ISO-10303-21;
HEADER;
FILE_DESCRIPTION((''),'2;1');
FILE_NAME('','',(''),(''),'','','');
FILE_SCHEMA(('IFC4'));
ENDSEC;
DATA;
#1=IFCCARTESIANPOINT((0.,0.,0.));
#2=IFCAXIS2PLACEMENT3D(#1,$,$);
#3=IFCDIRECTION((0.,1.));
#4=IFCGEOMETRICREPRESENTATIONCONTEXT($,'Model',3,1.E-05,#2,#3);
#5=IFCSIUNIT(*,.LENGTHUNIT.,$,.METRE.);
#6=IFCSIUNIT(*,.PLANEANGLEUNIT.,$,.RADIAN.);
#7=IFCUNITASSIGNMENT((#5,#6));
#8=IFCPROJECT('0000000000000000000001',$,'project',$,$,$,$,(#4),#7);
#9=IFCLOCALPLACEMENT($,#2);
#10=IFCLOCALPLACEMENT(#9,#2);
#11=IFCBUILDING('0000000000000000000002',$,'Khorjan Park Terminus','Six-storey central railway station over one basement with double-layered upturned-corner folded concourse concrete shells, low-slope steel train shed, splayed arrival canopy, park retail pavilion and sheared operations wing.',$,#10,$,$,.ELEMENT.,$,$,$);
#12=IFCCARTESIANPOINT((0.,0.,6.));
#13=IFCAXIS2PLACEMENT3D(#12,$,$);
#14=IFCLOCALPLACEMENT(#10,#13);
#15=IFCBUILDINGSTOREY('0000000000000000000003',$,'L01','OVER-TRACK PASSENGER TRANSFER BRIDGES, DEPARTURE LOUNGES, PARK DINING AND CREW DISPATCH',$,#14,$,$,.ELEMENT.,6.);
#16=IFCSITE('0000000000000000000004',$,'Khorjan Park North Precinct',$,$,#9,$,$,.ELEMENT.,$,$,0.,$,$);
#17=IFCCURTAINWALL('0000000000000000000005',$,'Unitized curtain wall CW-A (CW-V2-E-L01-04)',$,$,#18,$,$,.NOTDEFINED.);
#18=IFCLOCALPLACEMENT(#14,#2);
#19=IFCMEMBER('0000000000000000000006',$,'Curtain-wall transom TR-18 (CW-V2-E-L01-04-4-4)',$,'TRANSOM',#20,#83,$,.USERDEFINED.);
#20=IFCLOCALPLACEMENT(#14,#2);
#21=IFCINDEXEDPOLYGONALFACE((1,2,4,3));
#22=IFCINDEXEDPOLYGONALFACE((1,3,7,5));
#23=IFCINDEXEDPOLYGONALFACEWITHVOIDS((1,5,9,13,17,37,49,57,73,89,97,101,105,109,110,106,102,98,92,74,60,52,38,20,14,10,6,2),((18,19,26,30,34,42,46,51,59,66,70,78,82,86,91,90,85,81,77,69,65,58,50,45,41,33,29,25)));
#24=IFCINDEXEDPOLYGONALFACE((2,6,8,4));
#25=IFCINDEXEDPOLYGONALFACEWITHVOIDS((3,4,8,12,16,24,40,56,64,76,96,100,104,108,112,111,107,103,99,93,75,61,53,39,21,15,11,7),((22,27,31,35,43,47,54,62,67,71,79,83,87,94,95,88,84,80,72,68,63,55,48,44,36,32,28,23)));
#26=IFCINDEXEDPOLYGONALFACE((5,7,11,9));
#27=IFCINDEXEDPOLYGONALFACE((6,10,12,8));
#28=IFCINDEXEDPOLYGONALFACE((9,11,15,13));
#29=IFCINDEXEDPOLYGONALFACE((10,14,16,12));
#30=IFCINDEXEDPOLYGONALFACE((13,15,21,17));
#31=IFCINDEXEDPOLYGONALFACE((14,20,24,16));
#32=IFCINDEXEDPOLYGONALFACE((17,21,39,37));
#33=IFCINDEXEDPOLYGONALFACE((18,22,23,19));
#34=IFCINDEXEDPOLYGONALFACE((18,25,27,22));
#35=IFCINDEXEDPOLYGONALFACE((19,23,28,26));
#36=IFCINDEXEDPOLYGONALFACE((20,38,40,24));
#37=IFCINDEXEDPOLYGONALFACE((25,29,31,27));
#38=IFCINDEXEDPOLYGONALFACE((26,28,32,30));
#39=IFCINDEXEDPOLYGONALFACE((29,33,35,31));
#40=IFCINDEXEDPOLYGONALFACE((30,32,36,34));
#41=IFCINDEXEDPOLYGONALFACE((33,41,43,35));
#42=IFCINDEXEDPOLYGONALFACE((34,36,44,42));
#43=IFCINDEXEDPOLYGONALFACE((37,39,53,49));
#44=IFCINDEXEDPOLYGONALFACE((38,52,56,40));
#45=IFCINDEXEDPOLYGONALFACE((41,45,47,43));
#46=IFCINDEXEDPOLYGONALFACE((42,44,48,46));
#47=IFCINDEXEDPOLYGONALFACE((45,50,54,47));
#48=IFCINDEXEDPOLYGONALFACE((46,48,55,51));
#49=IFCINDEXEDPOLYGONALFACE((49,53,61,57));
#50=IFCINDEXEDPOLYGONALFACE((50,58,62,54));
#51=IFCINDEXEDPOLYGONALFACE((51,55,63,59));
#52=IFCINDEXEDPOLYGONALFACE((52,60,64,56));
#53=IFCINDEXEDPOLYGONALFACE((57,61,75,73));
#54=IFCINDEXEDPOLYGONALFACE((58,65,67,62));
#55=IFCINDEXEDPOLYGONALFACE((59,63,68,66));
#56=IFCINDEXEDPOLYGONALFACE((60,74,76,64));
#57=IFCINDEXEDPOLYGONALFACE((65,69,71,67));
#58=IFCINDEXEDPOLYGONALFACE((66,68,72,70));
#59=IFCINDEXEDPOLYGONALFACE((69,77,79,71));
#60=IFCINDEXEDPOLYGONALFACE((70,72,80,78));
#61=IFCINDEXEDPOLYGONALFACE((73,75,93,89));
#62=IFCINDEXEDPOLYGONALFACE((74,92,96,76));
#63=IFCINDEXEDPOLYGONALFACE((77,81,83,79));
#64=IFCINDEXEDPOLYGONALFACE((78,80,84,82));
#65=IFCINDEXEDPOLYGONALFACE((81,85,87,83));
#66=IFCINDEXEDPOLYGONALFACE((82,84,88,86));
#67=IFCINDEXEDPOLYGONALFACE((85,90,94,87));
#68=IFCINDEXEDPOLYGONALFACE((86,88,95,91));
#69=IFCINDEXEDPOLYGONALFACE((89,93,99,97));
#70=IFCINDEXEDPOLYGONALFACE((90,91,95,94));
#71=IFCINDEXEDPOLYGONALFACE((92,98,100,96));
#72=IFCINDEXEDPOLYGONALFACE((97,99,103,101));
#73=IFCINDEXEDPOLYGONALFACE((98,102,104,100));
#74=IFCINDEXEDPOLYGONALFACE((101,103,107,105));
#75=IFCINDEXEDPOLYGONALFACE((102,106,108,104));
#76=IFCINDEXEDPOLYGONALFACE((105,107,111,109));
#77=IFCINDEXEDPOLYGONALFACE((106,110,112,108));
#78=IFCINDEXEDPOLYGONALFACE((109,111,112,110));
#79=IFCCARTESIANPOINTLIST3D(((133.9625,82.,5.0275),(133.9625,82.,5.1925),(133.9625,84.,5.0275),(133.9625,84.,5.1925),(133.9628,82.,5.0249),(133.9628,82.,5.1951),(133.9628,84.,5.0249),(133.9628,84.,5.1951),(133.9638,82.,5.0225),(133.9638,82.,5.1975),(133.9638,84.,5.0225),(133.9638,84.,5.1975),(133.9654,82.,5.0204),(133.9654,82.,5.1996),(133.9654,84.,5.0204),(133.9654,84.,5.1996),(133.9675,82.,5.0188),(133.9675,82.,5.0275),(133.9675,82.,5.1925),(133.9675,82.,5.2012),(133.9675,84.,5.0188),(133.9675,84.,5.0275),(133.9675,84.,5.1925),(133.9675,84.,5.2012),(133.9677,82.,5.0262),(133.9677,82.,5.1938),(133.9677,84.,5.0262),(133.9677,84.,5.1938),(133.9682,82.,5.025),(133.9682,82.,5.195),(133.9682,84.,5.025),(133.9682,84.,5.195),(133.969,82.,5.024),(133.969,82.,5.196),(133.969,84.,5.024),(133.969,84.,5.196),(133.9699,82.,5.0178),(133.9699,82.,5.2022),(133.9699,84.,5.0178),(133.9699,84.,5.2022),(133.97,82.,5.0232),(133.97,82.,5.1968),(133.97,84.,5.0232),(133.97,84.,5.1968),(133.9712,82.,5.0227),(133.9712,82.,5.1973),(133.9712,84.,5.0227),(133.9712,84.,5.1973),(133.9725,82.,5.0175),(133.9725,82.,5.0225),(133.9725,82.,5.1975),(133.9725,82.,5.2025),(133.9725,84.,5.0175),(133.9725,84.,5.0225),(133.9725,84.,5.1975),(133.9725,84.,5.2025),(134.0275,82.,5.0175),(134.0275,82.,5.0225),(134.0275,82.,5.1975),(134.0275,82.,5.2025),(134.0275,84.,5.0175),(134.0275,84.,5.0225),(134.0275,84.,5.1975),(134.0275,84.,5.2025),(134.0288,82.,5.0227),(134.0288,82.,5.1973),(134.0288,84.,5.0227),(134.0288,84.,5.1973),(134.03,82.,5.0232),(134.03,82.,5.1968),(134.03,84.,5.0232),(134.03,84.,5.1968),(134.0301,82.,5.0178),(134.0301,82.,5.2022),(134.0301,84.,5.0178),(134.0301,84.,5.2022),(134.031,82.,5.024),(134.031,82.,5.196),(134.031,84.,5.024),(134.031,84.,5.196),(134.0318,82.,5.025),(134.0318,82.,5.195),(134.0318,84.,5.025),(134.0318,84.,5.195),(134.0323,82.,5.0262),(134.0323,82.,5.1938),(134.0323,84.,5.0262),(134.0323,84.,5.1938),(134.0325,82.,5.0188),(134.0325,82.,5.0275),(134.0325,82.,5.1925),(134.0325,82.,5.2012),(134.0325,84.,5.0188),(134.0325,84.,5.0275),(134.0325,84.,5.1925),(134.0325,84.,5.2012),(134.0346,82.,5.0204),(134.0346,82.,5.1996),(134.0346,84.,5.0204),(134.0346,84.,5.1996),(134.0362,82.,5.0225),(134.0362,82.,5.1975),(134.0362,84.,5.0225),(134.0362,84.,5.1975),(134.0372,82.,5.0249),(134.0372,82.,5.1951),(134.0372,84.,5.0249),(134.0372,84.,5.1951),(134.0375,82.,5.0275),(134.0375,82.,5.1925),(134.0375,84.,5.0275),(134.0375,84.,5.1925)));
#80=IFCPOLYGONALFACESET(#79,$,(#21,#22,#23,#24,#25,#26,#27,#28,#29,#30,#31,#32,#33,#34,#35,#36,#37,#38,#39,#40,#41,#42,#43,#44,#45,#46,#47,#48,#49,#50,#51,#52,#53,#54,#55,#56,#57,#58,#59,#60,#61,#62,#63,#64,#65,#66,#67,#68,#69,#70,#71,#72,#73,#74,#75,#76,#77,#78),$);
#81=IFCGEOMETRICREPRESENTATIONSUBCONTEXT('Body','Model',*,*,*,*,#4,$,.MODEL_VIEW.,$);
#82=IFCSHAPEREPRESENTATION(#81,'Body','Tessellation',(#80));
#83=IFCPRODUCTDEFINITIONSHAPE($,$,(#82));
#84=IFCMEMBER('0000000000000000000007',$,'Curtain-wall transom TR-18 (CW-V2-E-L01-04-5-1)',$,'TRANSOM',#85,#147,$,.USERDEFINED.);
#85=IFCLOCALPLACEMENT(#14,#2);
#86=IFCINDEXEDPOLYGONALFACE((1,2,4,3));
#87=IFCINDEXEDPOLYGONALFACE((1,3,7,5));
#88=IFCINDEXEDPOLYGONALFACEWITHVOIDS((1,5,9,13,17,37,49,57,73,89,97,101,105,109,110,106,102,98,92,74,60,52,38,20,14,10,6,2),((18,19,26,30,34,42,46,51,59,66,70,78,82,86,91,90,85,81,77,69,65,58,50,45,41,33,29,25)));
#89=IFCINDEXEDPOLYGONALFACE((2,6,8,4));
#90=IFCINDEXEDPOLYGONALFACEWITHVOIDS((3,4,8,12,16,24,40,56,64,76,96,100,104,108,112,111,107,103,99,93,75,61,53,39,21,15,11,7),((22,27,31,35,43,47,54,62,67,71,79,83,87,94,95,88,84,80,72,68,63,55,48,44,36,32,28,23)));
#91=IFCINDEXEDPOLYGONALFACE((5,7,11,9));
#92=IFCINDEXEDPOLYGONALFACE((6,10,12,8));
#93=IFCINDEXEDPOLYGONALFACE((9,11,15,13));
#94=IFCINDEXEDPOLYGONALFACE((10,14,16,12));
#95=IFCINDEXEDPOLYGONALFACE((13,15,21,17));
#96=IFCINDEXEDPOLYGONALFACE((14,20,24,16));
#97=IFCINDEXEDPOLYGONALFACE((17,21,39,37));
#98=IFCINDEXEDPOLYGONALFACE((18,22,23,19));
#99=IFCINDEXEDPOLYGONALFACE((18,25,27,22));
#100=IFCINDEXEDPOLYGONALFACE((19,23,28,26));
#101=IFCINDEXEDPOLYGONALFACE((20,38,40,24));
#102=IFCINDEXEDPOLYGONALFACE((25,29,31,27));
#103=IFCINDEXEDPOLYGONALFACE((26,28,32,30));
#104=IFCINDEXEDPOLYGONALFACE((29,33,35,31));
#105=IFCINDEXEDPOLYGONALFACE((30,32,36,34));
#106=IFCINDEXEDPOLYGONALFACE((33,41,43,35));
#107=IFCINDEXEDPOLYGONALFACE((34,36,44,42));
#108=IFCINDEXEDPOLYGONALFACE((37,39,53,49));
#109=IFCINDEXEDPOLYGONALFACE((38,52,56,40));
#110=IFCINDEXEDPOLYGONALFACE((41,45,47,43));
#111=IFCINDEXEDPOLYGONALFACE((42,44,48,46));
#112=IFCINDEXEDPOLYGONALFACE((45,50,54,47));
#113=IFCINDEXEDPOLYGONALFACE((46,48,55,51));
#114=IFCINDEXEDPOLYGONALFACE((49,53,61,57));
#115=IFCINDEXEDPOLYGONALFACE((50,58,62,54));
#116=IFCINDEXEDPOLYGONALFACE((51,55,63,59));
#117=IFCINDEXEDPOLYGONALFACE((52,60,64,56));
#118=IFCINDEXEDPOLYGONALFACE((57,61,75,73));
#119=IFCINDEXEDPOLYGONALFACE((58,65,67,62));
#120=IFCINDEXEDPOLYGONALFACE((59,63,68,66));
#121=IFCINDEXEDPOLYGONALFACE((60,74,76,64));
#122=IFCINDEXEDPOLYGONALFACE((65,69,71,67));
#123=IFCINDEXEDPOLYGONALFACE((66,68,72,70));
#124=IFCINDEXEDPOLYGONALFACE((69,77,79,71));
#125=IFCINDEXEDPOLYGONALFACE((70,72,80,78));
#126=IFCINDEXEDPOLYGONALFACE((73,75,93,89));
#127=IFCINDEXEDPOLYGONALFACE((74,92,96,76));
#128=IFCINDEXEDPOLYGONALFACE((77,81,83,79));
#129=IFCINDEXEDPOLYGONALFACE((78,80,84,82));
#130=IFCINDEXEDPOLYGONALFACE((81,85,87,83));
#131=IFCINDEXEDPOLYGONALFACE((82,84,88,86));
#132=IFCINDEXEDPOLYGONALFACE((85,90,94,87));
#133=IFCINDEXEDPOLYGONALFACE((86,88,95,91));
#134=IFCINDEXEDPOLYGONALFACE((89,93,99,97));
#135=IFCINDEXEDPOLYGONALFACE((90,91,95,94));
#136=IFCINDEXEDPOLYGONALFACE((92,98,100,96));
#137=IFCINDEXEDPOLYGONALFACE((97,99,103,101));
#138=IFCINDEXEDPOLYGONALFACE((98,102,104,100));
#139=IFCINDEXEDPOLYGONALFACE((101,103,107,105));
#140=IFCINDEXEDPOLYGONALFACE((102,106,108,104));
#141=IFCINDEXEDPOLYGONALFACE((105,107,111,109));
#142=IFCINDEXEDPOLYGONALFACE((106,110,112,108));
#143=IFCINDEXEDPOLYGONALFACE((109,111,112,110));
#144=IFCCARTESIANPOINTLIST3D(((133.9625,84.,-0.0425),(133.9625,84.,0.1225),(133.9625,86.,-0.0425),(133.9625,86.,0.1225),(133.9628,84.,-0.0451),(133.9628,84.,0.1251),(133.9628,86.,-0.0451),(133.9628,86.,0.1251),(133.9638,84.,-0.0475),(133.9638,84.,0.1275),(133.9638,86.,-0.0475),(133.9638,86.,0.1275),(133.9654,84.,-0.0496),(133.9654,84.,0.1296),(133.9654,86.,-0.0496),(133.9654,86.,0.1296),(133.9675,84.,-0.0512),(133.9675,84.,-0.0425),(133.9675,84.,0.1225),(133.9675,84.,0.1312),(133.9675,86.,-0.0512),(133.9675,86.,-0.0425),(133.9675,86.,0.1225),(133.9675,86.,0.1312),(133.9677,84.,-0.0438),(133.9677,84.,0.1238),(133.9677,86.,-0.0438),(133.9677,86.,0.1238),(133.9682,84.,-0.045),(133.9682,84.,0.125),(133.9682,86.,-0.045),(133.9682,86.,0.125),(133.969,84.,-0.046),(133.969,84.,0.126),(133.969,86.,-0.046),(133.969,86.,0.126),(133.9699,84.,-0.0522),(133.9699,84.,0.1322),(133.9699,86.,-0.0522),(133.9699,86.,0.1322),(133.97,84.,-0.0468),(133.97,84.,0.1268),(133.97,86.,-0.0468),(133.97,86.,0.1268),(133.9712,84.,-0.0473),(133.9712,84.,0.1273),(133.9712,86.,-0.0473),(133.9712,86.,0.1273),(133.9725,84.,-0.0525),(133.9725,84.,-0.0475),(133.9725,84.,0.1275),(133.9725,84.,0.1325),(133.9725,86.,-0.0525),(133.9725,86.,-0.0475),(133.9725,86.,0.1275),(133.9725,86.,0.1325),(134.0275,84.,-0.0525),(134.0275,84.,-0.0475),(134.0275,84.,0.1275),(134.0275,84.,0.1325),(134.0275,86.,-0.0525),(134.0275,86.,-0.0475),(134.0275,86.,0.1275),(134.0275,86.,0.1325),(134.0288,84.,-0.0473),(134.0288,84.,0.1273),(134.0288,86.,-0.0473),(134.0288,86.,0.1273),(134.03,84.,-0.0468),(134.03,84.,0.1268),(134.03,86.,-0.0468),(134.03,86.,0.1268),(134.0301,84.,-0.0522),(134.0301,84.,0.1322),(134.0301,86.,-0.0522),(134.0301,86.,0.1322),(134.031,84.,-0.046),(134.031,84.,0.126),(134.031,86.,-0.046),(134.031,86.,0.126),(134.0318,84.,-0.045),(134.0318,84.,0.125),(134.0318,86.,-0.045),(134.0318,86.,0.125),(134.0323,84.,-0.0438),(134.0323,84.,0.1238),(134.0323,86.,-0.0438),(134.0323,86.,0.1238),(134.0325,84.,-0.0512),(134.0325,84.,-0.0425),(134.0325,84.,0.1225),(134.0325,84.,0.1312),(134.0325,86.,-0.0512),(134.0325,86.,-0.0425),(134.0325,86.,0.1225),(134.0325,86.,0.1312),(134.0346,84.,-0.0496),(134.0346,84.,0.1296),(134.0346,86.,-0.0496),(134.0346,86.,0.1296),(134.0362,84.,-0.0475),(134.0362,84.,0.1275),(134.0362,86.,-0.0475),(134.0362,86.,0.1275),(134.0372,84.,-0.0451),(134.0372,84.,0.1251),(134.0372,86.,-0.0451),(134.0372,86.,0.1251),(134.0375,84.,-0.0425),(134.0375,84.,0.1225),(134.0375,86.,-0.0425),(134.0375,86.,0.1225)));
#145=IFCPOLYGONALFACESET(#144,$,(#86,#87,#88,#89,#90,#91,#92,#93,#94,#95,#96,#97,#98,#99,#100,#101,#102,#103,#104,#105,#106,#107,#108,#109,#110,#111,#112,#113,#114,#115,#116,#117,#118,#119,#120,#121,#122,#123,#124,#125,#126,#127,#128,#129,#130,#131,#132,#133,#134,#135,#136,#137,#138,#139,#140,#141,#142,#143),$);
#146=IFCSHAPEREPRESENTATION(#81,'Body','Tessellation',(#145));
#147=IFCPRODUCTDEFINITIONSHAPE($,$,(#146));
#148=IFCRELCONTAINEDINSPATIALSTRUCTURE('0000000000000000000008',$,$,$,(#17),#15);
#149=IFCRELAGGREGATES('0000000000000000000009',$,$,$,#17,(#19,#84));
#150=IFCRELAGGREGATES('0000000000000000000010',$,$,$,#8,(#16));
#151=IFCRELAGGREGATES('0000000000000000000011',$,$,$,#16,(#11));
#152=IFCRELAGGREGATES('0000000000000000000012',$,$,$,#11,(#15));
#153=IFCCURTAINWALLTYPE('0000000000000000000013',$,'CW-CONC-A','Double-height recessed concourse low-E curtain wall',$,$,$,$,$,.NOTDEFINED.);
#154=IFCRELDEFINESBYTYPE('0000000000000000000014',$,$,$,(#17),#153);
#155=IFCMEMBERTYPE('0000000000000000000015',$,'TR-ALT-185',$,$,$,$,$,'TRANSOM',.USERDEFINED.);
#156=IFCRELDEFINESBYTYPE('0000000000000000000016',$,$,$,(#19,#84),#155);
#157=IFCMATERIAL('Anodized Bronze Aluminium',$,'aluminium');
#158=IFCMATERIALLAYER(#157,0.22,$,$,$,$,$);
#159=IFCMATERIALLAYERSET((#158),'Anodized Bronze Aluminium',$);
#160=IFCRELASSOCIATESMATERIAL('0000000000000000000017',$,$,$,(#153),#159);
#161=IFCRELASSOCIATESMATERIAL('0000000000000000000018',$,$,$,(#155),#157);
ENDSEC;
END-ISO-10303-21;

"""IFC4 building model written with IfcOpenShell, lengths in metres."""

from ifc_helpers import new_model, si_unit, direction, frame, origin, origin_2d, place, context, subcontext, project, spatial, hollow_rectangle, extrude, material, layer, layer_set, material_profile, profile_set, type_object, element, aggregate, save


model = new_model("IFC4")

# Units and contexts
model_context = context("Model", 3, precision=1e-05, world=origin(), true_north=direction((0.0, 1.0)))
body_context = subcontext(model_context, "Body", "Model", "MODEL_VIEW")
ifc_project = project(units=[si_unit("LENGTHUNIT", "METRE"), si_unit("PLANEANGLEUNIT", "RADIAN")], contexts=[model_context])

# Site, building, storey
site_placement = place(None, origin())
site = spatial("IfcSite", under=ifc_project, at=site_placement, Name="Khorjan Park North Precinct", CompositionType="ELEMENT", RefElevation=0.0)
building_placement = place(site_placement, origin())
building = spatial("IfcBuilding", under=site, at=building_placement, Name="Khorjan Park Terminus", Description="Six-storey central railway station over one basement with double-layered upturned-corner folded concourse concrete shells, low-slope steel train shed, splayed arrival canopy, park retail pavilion and sheared operations wing.", CompositionType="ELEMENT")
storey_placement = place(building_placement, frame((0.0, 0.0, 6.0)))
storey = spatial("IfcBuildingStorey", under=building, at=storey_placement, Name="L01", Description="OVER-TRACK PASSENGER TRANSFER BRIDGES, DEPARTURE LOUNGES, PARK DINING AND CREW DISPATCH", CompositionType="ELEMENT", Elevation=6.0)

# Shared definitions
ifc_material_1 = material(Name="Anodized Bronze Aluminium", Category="aluminium")
ifc_layer_1 = layer(ifc_material_1, 0.22)
ifc_layer_set_1 = layer_set([ifc_layer_1], Name="Anodized Bronze Aluminium")
curtain_wall_type = type_object("IfcCurtainWallType", Name="CW-CONC-A", Description="Double-height recessed concourse low-E curtain wall", PredefinedType="NOTDEFINED", material=ifc_layer_set_1)

# Curtain wall
curtain_wall_1_placement = place(storey_placement, origin())
curtain_wall_1 = element("IfcCurtainWall", 1, at=curtain_wall_1_placement, inside=storey, type_object=curtain_wall_type, Name="Unitized curtain wall CW-A (CW-V2-E-L01-04)", PredefinedType="NOTDEFINED")

# Members
ifc_material_profile_1 = material_profile(ifc_material_1, hollow_rectangle(XDim=0.075, YDim=0.185, WallThickness=0.005, InnerFilletRadius=0.005, OuterFilletRadius=0.01, at=origin_2d()), Name="ALT 75x185x5")
ifc_profile_set_1 = profile_set([ifc_material_profile_1], Name="Anodized Bronze Aluminium")
member_type_1 = type_object("IfcMemberType", Name="TR-ALT-185", ElementType="TRANSOM", PredefinedType="USERDEFINED", material=ifc_profile_set_1)
member_1_placement = place(storey_placement, frame((134.0, 82.0, 5.11), z_axis=(0.0, 1.0, 0.0), x_axis=(-1.0, 0.0, 0.0)))
member_1 = element("IfcMember", 2, at=member_1_placement, type_object=member_type_1, Name="Curtain-wall transom TR-18 (CW-V2-E-L01-04-4-4)", ObjectType="TRANSOM", PredefinedType="USERDEFINED", context=body_context, shape_type="SweptSolid", body=[
    extrude(hollow_rectangle(XDim=0.075, YDim=0.185, WallThickness=0.005, InnerFilletRadius=0.005, OuterFilletRadius=0.01, at=origin_2d()), origin(), (0.0, 0.0, 1.0), 2.0),
])
member_2_placement = place(storey_placement, frame((134.0, 84.0, 0.04), z_axis=(0.0, 1.0, 0.0), x_axis=(-1.0, 0.0, 0.0)))
member_2 = element("IfcMember", 3, at=member_2_placement, type_object=member_type_1, Name="Curtain-wall transom TR-18 (CW-V2-E-L01-04-5-1)", ObjectType="TRANSOM", PredefinedType="USERDEFINED", context=body_context, shape_type="SweptSolid", body=[
    extrude(hollow_rectangle(XDim=0.075, YDim=0.185, WallThickness=0.005, InnerFilletRadius=0.005, OuterFilletRadius=0.01, at=origin_2d()), origin(), (0.0, 0.0, 1.0), 2.0),
])

aggregate(curtain_wall_1, [member_1, member_2])

save(model, "model.ifc")
